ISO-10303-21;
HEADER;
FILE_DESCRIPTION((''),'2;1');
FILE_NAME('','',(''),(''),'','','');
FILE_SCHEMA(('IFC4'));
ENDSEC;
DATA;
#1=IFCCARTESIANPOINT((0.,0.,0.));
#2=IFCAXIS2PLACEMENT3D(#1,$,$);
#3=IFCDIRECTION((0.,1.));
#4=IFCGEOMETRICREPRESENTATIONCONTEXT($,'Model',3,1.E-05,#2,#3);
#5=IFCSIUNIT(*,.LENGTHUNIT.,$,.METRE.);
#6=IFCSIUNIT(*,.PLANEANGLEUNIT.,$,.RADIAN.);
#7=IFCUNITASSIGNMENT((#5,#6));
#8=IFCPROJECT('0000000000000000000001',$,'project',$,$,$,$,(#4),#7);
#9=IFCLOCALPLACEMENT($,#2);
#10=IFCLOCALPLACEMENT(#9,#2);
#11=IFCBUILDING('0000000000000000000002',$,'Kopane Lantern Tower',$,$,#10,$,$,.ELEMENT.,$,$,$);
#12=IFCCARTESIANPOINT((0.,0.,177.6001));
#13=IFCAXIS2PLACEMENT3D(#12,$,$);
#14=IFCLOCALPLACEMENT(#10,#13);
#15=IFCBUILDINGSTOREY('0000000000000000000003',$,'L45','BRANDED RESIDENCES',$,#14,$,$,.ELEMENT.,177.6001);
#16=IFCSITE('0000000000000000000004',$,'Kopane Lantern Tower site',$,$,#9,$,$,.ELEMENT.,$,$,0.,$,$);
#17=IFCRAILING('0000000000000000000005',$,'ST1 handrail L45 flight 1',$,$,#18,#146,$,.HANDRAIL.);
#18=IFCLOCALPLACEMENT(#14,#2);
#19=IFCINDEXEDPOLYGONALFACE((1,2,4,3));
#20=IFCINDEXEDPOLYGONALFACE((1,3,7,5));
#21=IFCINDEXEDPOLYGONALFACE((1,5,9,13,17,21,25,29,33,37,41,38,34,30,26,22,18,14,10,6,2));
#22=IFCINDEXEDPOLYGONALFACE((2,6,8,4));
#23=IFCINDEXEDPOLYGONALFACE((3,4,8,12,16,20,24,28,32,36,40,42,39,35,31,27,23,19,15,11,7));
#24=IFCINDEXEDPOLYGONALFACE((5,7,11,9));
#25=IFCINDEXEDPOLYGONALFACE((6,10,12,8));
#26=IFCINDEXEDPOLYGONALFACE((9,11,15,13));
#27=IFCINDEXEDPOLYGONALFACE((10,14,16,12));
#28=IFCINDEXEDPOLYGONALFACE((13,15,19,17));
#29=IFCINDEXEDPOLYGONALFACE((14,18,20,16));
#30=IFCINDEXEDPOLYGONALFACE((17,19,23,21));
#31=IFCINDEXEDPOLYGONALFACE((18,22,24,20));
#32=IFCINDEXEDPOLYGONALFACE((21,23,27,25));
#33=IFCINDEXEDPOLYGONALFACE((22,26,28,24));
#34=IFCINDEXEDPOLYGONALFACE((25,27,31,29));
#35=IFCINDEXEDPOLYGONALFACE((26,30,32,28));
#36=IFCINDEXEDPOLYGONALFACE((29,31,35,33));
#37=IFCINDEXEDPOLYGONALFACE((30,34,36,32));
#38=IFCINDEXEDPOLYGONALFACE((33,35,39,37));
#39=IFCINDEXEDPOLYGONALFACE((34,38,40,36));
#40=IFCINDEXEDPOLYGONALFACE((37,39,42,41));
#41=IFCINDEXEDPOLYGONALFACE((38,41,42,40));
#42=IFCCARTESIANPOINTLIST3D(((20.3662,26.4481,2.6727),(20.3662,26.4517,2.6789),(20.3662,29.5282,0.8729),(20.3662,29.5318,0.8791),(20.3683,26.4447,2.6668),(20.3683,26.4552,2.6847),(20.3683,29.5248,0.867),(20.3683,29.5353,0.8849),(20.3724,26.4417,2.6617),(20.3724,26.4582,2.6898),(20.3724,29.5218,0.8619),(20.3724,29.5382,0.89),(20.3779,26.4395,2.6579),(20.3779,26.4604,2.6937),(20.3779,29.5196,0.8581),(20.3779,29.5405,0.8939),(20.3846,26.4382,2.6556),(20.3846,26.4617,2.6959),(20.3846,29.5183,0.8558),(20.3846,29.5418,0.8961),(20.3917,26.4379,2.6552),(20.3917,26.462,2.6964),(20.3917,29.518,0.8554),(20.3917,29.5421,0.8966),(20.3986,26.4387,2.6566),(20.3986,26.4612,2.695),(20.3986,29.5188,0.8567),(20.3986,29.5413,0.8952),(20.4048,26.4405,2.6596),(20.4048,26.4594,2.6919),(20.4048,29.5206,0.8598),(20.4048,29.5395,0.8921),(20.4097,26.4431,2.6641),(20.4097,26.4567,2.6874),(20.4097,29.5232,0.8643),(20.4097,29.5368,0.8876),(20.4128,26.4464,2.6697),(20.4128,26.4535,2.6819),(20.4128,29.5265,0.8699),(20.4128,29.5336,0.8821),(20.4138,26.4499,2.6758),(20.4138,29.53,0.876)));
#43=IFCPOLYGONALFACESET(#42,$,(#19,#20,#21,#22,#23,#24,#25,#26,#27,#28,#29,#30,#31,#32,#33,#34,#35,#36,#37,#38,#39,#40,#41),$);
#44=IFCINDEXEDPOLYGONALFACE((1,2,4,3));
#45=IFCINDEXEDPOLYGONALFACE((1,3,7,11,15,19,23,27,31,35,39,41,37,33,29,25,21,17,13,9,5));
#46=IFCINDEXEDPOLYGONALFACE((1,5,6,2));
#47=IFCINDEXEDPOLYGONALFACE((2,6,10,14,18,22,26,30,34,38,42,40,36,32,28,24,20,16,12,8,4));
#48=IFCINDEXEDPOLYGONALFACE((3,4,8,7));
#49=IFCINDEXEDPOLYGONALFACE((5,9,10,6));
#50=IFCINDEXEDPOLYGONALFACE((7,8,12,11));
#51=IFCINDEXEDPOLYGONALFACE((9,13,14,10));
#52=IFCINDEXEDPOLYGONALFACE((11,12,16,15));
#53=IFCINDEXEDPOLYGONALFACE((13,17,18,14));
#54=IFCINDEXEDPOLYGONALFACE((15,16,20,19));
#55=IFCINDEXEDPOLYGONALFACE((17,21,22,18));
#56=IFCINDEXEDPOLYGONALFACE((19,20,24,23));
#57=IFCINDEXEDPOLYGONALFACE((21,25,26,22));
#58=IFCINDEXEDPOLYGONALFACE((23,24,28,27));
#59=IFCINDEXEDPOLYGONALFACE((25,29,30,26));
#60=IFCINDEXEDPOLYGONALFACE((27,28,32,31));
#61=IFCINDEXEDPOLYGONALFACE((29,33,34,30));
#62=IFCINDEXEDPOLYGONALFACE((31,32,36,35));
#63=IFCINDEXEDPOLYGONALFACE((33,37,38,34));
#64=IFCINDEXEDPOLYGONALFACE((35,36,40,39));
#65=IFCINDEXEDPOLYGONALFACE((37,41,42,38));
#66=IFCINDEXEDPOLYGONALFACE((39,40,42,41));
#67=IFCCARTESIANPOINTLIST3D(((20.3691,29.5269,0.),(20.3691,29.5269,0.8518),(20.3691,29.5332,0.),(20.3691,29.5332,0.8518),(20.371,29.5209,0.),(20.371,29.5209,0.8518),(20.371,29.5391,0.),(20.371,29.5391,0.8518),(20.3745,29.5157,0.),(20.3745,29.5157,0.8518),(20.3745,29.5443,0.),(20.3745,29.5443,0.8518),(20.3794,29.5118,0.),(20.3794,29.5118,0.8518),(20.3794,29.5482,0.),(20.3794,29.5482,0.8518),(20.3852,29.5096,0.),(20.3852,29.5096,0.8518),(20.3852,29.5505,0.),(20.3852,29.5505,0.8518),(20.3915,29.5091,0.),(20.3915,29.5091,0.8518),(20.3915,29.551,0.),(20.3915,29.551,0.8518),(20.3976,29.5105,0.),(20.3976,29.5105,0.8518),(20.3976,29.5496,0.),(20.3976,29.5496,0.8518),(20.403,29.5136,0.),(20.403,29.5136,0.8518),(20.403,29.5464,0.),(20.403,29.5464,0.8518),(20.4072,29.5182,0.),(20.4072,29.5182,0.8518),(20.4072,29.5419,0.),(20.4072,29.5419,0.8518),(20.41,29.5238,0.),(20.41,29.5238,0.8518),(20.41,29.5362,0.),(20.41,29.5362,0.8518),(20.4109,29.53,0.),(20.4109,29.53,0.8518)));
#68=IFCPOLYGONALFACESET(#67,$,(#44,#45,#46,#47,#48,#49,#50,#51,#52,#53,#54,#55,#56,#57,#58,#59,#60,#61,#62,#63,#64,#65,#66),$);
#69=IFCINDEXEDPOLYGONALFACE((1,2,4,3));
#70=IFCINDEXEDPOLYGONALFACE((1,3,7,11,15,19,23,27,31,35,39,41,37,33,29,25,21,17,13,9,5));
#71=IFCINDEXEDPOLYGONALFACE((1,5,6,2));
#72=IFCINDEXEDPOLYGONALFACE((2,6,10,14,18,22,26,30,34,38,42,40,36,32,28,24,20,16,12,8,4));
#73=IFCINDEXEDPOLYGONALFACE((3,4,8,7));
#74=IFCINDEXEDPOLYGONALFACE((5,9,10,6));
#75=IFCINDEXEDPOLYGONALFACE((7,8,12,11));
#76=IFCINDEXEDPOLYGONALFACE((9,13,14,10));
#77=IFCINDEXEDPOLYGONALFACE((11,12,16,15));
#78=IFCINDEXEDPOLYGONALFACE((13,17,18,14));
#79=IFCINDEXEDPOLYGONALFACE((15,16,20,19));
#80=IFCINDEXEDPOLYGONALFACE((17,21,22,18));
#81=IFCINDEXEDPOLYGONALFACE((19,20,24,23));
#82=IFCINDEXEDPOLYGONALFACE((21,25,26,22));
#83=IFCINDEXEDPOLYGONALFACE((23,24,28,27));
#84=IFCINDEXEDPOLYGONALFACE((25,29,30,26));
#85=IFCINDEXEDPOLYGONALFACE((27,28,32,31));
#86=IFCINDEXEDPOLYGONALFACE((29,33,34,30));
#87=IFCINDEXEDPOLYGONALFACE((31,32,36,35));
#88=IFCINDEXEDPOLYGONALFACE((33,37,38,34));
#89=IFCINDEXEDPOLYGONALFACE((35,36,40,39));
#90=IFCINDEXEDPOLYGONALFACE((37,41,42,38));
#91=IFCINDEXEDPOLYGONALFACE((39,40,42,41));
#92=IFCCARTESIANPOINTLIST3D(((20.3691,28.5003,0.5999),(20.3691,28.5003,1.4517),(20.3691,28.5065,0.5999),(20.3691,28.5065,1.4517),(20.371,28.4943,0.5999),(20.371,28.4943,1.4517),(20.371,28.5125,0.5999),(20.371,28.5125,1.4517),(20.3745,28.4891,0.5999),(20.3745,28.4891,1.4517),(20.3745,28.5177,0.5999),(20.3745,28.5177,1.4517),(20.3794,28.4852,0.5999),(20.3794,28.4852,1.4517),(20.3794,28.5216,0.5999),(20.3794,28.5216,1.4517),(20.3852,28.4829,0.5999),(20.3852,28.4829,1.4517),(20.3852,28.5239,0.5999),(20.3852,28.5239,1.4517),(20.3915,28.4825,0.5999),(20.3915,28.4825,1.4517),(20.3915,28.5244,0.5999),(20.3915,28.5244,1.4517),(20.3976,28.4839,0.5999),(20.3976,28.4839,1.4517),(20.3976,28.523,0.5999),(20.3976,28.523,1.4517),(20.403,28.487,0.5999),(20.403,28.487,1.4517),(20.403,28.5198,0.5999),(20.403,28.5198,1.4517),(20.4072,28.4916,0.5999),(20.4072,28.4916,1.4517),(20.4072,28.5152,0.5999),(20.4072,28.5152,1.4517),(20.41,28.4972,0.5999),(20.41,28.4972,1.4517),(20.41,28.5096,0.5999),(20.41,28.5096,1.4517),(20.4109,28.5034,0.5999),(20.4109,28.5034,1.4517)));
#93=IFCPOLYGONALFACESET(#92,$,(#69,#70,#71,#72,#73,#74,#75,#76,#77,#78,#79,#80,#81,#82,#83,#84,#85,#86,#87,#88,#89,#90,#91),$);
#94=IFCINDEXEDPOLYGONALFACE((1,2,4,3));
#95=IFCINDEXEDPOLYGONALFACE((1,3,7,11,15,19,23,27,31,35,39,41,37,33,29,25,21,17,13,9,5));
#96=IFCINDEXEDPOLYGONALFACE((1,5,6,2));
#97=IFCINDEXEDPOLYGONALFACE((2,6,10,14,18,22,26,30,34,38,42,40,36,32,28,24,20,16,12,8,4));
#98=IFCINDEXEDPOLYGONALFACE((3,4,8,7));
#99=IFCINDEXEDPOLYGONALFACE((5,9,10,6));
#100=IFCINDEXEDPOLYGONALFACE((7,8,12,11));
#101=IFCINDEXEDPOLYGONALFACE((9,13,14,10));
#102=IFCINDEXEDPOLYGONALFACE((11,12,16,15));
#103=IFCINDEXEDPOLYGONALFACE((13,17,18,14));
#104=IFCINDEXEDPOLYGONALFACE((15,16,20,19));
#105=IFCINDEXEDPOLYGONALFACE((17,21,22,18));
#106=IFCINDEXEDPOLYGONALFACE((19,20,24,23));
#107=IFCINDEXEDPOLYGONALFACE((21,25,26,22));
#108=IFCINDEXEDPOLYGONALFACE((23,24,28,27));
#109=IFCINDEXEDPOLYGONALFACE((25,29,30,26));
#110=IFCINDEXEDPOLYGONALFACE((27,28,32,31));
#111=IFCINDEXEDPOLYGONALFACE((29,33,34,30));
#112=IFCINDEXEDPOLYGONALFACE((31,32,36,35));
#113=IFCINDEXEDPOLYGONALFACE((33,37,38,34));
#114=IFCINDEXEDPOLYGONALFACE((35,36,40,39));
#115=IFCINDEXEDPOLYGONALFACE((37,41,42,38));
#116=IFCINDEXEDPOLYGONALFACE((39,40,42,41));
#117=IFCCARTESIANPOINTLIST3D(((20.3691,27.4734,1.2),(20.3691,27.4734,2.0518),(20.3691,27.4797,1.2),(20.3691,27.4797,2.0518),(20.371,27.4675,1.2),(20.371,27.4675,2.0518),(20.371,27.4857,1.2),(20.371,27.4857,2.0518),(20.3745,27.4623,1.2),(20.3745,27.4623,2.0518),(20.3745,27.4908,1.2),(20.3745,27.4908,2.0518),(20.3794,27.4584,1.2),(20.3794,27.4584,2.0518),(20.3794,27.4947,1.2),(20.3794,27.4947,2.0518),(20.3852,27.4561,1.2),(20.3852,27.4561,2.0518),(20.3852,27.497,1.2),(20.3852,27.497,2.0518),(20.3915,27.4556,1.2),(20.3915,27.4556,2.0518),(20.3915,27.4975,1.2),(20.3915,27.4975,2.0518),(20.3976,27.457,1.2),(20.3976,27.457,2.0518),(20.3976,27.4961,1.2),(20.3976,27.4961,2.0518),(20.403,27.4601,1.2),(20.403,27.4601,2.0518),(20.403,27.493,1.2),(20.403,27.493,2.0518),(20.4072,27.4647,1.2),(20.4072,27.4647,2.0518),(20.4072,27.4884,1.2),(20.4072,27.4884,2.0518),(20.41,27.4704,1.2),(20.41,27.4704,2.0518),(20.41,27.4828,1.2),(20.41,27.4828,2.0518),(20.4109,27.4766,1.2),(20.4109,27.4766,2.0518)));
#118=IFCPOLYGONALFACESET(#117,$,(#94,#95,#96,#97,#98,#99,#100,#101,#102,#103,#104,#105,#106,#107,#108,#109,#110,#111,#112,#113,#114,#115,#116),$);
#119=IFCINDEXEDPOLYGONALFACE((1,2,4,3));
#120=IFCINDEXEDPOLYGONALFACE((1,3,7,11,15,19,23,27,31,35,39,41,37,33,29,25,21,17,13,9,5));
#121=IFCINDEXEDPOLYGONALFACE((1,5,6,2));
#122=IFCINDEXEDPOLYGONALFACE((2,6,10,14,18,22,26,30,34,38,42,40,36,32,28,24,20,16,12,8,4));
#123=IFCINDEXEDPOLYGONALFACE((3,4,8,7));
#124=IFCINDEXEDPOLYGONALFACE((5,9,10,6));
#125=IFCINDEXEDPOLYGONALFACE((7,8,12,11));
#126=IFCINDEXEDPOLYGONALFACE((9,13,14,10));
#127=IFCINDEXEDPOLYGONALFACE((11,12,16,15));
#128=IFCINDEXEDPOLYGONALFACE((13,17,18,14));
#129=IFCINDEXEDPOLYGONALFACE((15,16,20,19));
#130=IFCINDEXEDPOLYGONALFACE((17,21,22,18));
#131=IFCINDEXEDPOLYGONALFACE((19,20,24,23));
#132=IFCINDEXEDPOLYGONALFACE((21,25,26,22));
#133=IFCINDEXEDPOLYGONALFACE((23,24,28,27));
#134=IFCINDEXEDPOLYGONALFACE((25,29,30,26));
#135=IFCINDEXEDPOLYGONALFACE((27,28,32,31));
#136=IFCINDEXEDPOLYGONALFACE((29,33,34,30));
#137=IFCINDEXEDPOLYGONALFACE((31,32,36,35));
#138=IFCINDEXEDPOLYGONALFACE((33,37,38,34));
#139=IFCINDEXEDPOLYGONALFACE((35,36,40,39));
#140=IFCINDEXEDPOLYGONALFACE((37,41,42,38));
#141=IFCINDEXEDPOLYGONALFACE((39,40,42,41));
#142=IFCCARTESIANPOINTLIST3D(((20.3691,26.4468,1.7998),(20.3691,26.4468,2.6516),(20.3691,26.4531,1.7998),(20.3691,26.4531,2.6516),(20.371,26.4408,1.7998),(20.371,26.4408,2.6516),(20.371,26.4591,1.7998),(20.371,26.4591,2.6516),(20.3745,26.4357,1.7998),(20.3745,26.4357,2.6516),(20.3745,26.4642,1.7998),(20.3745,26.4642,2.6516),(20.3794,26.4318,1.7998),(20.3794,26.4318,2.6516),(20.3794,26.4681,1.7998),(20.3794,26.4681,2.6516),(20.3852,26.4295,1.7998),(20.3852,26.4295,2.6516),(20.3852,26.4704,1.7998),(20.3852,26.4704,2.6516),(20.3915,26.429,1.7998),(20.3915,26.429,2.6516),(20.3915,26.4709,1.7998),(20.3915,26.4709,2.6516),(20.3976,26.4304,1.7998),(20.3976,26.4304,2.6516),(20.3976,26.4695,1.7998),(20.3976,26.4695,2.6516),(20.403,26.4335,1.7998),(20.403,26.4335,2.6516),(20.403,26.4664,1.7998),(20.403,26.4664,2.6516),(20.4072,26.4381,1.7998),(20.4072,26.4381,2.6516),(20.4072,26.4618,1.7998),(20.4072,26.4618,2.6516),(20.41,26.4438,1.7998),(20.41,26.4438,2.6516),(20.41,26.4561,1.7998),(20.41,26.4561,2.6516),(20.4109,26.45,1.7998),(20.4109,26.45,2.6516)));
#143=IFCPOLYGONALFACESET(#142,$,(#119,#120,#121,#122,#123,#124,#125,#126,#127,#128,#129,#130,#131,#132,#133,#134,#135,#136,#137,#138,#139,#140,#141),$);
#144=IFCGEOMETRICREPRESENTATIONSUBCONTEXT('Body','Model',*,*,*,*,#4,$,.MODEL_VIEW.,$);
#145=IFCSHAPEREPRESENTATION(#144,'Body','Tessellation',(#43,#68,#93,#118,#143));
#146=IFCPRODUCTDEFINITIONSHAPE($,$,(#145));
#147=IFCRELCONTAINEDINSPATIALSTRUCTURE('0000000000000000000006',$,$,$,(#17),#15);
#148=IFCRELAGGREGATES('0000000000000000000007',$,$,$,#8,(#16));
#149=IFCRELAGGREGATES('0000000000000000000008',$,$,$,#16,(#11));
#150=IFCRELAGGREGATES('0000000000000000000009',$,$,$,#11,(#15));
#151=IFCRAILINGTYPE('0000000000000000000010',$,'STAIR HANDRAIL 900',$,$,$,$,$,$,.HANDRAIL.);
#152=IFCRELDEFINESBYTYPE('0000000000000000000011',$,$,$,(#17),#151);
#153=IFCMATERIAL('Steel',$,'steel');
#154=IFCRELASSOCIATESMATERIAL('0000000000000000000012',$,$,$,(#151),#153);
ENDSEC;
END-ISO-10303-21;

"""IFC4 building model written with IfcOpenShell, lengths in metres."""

from ifc_helpers import new_model, si_unit, direction, frame, origin, origin_2d, place, context, subcontext, project, spatial, circle, extrude, material, type_object, element, save


model = new_model("IFC4")

# Units and contexts
model_context = context("Model", 3, precision=1e-05, world=origin(), true_north=direction((0.0, 1.0)))
body_context = subcontext(model_context, "Body", "Model", "MODEL_VIEW")
ifc_project = project(units=[si_unit("LENGTHUNIT", "METRE"), si_unit("PLANEANGLEUNIT", "RADIAN")], contexts=[model_context])

# Site, building, storey
site_placement = place(None, origin())
site = spatial("IfcSite", under=ifc_project, at=site_placement, Name="Kopane Lantern Tower site", CompositionType="ELEMENT", RefElevation=0.0)
building_placement = place(site_placement, origin())
building = spatial("IfcBuilding", under=site, at=building_placement, Name="Kopane Lantern Tower", CompositionType="ELEMENT")
storey_placement = place(building_placement, frame((0.0, 0.0, 177.6001)))
storey = spatial("IfcBuildingStorey", under=building, at=storey_placement, Name="L45", Description="BRANDED RESIDENCES", CompositionType="ELEMENT", Elevation=177.6001)

# Railing
ifc_material_1 = material(Name="Steel", Category="steel")
railing_type_1 = type_object("IfcRailingType", Name="STAIR HANDRAIL 900", PredefinedType="HANDRAIL", material=ifc_material_1)
for number, where, name in (
    (1, (20.3899, 29.53, 0.0), "ST1 handrail L45 flight 1"),
):
    element("IfcRailing", number, at=place(storey_placement, frame(where)), inside=storey, type_object=railing_type_1, Name=name, PredefinedType="HANDRAIL", context=body_context, shape_type="SweptSolid", body=[
        extrude(circle(Radius=0.0239, at=origin_2d()), frame((0.0, 0.0, 0.876), z_axis=(0.0, -0.863401, 0.504518), x_axis=(1.0, 0.0, 0.0)), (0.0, 0.0, 1.0), 3.5674),
        extrude(circle(Radius=0.021, at=origin_2d()), origin(), (0.0, 0.0, 1.0), 0.8518),
        extrude(circle(Radius=0.021, at=origin_2d()), frame((0.0, -1.0266, 0.5999)), (0.0, 0.0, 1.0), 0.8518),
        extrude(circle(Radius=0.021, at=origin_2d()), frame((0.0, -2.0535, 1.2)), (0.0, 0.0, 1.0), 0.8518),
        extrude(circle(Radius=0.021, at=origin_2d()), frame((0.0, -3.0801, 1.7998)), (0.0, 0.0, 1.0), 0.8518),
    ])

save(model, "model.ifc")
